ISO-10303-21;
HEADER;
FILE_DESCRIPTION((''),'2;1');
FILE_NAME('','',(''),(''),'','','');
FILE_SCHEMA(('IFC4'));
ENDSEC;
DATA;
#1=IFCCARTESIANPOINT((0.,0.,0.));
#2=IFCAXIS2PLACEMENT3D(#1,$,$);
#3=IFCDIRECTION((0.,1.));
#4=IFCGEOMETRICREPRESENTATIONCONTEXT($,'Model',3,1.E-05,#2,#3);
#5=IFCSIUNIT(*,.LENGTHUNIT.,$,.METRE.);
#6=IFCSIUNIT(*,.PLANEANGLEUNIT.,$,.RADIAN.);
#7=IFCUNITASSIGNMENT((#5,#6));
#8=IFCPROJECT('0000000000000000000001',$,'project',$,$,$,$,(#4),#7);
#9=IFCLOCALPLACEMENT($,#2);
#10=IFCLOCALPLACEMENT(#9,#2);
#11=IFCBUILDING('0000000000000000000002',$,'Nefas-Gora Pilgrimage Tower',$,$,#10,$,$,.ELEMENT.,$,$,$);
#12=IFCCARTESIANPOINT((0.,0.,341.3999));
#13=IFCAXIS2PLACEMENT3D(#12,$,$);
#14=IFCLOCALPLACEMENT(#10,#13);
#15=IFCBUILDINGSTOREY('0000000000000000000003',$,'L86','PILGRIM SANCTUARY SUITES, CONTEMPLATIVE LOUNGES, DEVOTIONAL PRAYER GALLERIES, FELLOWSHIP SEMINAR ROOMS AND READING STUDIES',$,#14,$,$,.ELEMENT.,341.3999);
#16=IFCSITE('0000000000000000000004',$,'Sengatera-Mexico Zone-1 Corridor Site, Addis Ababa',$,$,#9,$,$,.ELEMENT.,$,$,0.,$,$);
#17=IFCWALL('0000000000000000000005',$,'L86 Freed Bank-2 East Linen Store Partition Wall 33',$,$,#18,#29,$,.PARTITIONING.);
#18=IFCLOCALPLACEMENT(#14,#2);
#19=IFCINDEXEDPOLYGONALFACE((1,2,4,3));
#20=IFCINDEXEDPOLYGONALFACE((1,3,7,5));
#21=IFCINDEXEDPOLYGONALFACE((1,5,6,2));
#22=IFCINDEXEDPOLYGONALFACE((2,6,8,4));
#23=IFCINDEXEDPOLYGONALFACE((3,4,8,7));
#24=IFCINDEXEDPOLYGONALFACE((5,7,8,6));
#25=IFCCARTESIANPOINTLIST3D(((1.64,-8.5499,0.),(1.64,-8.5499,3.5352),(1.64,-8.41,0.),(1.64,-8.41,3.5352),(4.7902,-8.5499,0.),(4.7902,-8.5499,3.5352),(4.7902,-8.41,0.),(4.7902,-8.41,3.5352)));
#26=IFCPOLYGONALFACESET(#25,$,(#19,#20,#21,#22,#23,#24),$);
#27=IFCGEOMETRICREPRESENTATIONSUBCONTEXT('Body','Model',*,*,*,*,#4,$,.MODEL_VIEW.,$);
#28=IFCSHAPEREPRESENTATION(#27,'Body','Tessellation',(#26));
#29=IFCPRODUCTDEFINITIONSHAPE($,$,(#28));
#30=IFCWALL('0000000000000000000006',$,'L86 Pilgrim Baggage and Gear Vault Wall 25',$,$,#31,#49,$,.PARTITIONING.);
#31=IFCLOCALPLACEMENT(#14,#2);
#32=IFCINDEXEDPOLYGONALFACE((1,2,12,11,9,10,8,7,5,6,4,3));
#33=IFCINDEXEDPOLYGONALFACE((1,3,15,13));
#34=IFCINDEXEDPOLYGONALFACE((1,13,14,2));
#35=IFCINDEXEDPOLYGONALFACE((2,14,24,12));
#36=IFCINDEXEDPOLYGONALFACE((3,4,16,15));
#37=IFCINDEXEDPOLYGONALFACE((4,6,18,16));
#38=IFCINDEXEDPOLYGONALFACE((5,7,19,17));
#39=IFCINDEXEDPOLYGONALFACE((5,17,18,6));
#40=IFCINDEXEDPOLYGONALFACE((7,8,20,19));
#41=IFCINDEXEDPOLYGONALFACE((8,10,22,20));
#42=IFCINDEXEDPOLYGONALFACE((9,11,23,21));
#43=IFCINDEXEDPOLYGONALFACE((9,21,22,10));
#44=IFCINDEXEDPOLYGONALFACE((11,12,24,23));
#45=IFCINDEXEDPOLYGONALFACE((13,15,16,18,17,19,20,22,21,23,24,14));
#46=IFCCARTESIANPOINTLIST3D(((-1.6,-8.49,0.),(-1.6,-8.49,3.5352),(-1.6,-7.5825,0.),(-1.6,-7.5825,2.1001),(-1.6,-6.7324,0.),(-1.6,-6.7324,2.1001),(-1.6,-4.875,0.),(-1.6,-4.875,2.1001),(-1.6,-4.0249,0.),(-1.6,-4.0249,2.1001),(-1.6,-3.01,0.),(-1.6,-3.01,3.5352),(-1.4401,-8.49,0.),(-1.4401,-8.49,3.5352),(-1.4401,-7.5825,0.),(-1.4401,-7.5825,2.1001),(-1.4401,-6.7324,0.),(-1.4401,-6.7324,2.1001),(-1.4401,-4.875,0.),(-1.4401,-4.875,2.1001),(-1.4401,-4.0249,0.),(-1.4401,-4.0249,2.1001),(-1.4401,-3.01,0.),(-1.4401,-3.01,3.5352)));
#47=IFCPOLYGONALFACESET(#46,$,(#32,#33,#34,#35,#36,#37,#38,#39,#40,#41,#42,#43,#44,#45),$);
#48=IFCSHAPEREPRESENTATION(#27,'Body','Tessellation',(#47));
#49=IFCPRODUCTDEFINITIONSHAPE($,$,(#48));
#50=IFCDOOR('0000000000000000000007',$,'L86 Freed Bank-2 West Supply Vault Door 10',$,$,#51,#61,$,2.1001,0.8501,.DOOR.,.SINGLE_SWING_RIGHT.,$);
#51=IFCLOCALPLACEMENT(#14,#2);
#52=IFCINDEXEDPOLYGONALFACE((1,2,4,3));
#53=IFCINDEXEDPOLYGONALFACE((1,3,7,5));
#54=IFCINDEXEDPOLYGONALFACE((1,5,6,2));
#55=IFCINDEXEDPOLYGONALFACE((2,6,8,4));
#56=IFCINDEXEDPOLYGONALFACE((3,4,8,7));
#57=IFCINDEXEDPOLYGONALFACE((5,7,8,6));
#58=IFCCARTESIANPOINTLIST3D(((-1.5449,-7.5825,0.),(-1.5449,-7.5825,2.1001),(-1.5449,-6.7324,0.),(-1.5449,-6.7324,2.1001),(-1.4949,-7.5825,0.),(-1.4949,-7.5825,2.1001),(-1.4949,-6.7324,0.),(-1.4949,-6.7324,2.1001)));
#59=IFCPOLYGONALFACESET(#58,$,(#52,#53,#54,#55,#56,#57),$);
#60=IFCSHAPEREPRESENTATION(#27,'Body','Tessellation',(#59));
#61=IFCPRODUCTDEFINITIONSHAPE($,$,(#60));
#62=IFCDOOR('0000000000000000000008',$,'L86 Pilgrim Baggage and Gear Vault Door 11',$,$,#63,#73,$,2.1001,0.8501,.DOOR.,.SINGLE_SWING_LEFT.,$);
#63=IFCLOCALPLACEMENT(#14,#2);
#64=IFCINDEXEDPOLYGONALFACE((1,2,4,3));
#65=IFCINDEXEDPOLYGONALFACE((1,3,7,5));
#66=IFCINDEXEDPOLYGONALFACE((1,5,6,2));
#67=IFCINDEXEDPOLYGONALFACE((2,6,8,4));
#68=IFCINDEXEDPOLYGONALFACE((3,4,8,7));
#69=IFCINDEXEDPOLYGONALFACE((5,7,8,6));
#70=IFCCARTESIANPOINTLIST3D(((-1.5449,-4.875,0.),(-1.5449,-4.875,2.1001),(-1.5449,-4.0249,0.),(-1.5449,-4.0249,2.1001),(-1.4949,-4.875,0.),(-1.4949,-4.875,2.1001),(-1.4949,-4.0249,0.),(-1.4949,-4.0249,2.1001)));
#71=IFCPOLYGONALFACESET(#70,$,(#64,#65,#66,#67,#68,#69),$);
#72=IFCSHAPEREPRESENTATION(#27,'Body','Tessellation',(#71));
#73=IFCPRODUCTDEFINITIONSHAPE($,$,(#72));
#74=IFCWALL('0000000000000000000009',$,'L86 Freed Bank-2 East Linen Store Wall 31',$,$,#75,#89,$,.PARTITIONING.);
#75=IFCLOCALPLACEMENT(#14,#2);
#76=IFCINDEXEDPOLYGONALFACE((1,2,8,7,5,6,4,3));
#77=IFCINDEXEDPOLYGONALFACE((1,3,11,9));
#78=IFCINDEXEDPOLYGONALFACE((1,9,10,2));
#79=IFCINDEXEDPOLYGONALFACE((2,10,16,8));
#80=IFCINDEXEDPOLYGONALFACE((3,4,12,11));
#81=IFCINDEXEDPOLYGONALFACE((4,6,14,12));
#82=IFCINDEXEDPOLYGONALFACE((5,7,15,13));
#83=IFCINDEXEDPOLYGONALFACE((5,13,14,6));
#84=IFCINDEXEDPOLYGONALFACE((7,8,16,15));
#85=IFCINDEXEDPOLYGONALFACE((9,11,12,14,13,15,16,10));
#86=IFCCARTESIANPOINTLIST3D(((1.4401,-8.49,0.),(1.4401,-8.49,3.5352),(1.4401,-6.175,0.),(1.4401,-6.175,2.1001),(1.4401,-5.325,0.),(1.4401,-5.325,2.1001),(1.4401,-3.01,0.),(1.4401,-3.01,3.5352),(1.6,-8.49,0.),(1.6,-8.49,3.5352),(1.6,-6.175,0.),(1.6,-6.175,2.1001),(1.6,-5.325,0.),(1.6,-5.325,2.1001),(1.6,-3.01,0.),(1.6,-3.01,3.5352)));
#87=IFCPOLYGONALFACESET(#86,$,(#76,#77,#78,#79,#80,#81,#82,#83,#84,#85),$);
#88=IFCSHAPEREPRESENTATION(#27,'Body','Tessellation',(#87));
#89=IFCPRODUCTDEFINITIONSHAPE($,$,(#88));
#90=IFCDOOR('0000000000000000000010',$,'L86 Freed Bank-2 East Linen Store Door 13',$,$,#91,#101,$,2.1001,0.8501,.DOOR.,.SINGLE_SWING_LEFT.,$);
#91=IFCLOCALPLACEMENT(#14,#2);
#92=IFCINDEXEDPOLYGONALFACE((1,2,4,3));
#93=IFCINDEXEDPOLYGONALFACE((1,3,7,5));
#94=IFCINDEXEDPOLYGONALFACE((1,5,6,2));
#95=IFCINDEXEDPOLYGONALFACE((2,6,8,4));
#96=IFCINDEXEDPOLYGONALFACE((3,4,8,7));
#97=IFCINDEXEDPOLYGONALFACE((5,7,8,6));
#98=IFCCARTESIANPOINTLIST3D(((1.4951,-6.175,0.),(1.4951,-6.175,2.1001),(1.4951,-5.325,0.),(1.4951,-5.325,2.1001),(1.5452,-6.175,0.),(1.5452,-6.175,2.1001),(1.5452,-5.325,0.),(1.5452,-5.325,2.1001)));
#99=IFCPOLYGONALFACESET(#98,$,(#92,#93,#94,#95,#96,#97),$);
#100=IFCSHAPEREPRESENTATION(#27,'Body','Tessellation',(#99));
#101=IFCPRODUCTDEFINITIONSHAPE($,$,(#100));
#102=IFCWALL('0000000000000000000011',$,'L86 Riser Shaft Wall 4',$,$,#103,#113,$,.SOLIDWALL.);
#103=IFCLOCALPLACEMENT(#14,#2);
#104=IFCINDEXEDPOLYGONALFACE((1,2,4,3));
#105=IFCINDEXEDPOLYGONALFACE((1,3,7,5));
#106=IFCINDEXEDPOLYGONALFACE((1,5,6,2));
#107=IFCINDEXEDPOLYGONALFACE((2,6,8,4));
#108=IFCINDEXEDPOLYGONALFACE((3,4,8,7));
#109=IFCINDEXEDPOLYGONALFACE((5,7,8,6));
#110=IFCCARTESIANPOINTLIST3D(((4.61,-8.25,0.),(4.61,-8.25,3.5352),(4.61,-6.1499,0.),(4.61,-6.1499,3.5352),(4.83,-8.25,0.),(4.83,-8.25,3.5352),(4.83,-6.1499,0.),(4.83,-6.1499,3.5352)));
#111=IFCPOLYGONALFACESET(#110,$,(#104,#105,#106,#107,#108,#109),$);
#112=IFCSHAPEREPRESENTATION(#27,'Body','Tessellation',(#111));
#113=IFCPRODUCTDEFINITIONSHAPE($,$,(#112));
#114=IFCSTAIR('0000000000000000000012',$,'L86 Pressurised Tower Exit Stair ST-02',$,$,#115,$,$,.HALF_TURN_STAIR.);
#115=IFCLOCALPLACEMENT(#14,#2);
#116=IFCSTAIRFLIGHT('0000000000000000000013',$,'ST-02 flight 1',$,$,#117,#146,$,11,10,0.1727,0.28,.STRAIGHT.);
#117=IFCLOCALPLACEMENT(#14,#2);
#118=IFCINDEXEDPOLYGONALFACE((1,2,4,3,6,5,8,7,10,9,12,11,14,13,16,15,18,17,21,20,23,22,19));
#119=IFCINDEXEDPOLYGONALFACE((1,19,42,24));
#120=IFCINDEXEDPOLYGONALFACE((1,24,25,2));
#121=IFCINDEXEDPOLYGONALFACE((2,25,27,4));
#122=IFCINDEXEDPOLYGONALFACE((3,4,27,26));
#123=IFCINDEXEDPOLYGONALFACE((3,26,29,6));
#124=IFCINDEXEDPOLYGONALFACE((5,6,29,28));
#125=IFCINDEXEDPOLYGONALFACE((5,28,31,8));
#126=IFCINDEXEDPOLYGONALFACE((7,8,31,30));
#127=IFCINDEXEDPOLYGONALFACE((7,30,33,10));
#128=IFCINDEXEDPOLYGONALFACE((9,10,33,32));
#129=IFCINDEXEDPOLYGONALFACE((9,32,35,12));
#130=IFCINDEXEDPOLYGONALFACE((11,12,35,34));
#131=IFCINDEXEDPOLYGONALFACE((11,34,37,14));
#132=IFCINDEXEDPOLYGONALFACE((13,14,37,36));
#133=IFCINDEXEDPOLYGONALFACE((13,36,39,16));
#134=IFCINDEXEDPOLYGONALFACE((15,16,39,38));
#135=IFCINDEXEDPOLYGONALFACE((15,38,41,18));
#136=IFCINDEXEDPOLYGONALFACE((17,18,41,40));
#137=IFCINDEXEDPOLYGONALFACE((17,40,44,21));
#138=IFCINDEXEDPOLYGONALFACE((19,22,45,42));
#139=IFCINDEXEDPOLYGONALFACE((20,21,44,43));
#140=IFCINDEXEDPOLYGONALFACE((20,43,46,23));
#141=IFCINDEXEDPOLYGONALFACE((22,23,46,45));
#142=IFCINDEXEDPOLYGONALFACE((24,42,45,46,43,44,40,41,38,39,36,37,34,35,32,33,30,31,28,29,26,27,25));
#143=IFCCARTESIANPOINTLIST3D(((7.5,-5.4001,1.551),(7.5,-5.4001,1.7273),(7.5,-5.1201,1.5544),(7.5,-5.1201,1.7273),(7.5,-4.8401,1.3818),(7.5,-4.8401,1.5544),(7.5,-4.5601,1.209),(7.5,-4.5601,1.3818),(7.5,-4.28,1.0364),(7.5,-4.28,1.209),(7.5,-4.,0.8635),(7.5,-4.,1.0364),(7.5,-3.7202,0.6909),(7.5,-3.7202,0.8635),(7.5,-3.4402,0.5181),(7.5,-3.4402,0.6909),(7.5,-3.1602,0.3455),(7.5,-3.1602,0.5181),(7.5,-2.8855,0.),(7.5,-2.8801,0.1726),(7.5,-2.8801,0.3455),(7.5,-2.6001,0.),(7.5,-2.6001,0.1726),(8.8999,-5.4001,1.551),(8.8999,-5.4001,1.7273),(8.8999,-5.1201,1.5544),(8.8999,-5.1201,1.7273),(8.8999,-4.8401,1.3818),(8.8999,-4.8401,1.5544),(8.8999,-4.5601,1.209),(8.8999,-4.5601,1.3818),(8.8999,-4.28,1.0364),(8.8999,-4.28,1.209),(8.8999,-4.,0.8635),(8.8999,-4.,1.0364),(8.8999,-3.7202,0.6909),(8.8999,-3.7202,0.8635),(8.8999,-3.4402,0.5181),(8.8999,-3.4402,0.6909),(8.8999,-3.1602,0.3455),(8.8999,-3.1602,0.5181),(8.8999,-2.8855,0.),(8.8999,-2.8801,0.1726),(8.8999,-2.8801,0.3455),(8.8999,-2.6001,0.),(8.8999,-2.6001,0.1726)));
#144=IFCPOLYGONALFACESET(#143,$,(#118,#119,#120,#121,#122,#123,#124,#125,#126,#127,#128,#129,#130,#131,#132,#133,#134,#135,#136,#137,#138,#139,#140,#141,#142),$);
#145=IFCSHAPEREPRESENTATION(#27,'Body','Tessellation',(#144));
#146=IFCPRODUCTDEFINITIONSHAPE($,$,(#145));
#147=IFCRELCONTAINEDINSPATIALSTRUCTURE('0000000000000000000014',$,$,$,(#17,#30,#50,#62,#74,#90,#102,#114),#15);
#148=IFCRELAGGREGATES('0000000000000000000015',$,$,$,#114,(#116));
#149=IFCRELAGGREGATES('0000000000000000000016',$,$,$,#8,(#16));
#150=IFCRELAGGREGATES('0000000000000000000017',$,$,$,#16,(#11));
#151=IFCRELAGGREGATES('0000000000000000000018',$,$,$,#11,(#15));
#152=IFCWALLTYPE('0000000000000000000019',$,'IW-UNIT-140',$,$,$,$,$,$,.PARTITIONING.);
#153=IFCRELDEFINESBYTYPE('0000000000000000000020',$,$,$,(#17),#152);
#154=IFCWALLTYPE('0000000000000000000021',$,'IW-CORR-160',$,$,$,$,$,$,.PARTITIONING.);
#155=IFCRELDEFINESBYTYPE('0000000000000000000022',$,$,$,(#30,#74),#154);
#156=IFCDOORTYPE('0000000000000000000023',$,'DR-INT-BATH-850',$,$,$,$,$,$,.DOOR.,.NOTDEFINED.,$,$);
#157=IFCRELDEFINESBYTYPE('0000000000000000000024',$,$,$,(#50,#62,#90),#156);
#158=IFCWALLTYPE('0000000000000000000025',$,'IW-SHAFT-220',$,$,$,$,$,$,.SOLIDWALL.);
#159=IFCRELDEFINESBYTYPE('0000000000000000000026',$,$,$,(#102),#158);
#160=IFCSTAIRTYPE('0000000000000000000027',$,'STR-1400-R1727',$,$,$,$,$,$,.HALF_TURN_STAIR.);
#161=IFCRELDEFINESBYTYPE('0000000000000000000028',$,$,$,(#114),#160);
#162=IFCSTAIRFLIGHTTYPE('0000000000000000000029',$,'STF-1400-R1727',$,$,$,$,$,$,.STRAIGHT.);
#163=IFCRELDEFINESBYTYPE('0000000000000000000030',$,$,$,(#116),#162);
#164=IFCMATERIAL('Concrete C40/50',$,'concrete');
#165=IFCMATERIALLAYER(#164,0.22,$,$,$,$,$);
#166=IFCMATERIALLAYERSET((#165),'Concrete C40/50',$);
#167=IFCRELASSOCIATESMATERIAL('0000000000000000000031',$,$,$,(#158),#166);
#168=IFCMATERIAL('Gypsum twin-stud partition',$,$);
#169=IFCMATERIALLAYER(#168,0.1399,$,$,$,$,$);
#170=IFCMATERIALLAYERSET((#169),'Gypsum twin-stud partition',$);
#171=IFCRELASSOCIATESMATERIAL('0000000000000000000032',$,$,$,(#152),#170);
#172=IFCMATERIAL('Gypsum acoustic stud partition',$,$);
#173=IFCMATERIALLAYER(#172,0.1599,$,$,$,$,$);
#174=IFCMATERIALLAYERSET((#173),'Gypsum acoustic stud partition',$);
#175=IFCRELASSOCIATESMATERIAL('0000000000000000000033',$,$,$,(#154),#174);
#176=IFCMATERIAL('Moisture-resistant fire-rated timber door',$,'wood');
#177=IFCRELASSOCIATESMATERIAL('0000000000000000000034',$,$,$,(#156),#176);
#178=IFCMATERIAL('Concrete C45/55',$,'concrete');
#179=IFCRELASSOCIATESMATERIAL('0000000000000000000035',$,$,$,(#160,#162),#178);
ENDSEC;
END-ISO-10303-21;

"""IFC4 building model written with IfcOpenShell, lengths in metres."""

from ifc_helpers import new_model, si_unit, direction, frame, frame_2d, origin, place, context, subcontext, project, spatial, polyline, rectangle, outline, extrude, source, transform, mapped, material, layer, layer_set, type_object, element, fill, aggregate, save


model = new_model("IFC4")

# Units and contexts
model_context = context("Model", 3, precision=1e-05, world=origin(), true_north=direction((0.0, 1.0)))
body_context = subcontext(model_context, "Body", "Model", "MODEL_VIEW")
ifc_project = project(units=[si_unit("LENGTHUNIT", "METRE"), si_unit("PLANEANGLEUNIT", "RADIAN")], contexts=[model_context])

# Site, building, storey
site_placement = place(None, origin())
site = spatial("IfcSite", under=ifc_project, at=site_placement, Name="Sengatera-Mexico Zone-1 Corridor Site, Addis Ababa", CompositionType="ELEMENT", RefElevation=0.0)
building_placement = place(site_placement, origin())
building = spatial("IfcBuilding", under=site, at=building_placement, Name="Nefas-Gora Pilgrimage Tower", CompositionType="ELEMENT")
storey_placement = place(building_placement, frame((0.0, 0.0, 341.3999)))
storey = spatial("IfcBuildingStorey", under=building, at=storey_placement, Name="L86", Description="PILGRIM SANCTUARY SUITES, CONTEMPLATIVE LOUNGES, DEVOTIONAL PRAYER GALLERIES, FELLOWSHIP SEMINAR ROOMS AND READING STUDIES", CompositionType="ELEMENT", Elevation=341.3999)

# Shared definitions
ifc_material_1 = material(Name="Concrete C45/55", Category="concrete")

# Shared definitions
ifc_material_2 = material(Name="Concrete C40/50", Category="concrete")
ifc_layer_1 = layer(ifc_material_2, 0.22)
ifc_layer_set_1 = layer_set([ifc_layer_1], Name="Concrete C40/50")
wall_type_1 = type_object("IfcWallType", Name="IW-SHAFT-220", PredefinedType="SOLIDWALL", material=ifc_layer_set_1)

# Wall
ifc_material_3 = material(Name="Gypsum twin-stud partition")
ifc_layer_2 = layer(ifc_material_3, 0.1399)
ifc_layer_set_2 = layer_set([ifc_layer_2], Name="Gypsum twin-stud partition")
wall_type_2 = type_object("IfcWallType", Name="IW-UNIT-140", PredefinedType="PARTITIONING", material=ifc_layer_set_2)
shared_shape_1 = source(origin(), body_context, "Body", "SweptSolid", [
    extrude(rectangle(XDim=3.1501, YDim=0.1399, at=frame_2d((1.5752, 0.0))), origin(), (0.0, 0.0, 1.0), 3.5352),
])
for number, where, z_axis, x_axis, name in (
    (1, (1.6399, -8.48, 0.0), (0.0, 0.0, 1.0), (1.0, 0.0, 0.0), "L86 Freed Bank-2 East Linen Store Partition Wall 33"),
):
    element("IfcWall", number, at=place(storey_placement, frame(where, z_axis=z_axis, x_axis=x_axis)), inside=storey, type_object=wall_type_2, Name=name, PredefinedType="PARTITIONING", context=body_context, shape_type="MappedRepresentation", body=[
        mapped(shared_shape_1, transform((0.0, 0.0, 0.0), x_axis=(1.0, 0.0, 0.0), y_axis=(0.0, 1.0, 0.0), z_axis=(0.0, 0.0, 1.0), scale=1.0)),
    ])

# Wall, openings, doors
ifc_material_4 = material(Name="Gypsum acoustic stud partition")
ifc_layer_3 = layer(ifc_material_4, 0.1599)
ifc_layer_set_3 = layer_set([ifc_layer_3], Name="Gypsum acoustic stud partition")
wall_type_3 = type_object("IfcWallType", Name="IW-CORR-160", PredefinedType="PARTITIONING", material=ifc_layer_set_3)
shared_shape_2 = source(origin(), body_context, "Body", "SweptSolid", [
    extrude(rectangle(XDim=5.48, YDim=0.1599, at=frame_2d((2.74, 0.0))), origin(), (0.0, 0.0, 1.0), 3.5352),
])
wall_1_placement = place(storey_placement, frame((-1.52, -8.49, 0.0), z_axis=(0.0, 0.0, 1.0), x_axis=(0.0, 1.0, 0.0)))
wall_1 = element("IfcWall", 2, at=wall_1_placement, inside=storey, type_object=wall_type_3, Name="L86 Pilgrim Baggage and Gear Vault Wall 25", PredefinedType="PARTITIONING", context=body_context, shape_type="MappedRepresentation", body=[
    mapped(shared_shape_2, transform((0.0, 0.0, 0.0), x_axis=(1.0, 0.0, 0.0), y_axis=(0.0, 1.0, 0.0), z_axis=(0.0, 0.0, 1.0), scale=1.0)),
])
opening_1_placement = place(wall_1_placement, frame((0.9075, 0.0, 0.0)))
opening_1 = element("IfcOpeningElement", 3, at=opening_1_placement, cuts=wall_1, PredefinedType="OPENING", context=body_context, shape_type="SweptSolid", body=[
    extrude(rectangle(XDim=0.8501, YDim=2.1001, at=frame_2d((0.425, 1.05))), frame((0.0, 0.0898, 0.0), z_axis=(0.0, -1.0, 0.0), x_axis=(1.0, 0.0, 0.0)), (0.0, 0.0, 1.0), 0.1799),
])
opening_2_placement = place(wall_1_placement, frame((3.615, 0.0, 0.0)))
opening_2 = element("IfcOpeningElement", 4, at=opening_2_placement, cuts=wall_1, PredefinedType="OPENING", context=body_context, shape_type="SweptSolid", body=[
    extrude(rectangle(XDim=0.8501, YDim=2.1001, at=frame_2d((0.425, 1.05))), frame((0.0, 0.0898, 0.0), z_axis=(0.0, -1.0, 0.0), x_axis=(1.0, 0.0, 0.0)), (0.0, 0.0, 1.0), 0.1799),
])
ifc_material_5 = material(Name="Moisture-resistant fire-rated timber door", Category="wood")
door_type_1 = type_object("IfcDoorType", Name="DR-INT-BATH-850", OperationType="NOTDEFINED", PredefinedType="DOOR", material=ifc_material_5)
shared_shape_3 = source(origin(), body_context, "Body", "SweptSolid", [
    extrude(rectangle(XDim=0.8501, YDim=2.1001, at=frame_2d((0.425, 1.05))), frame((0.0, 0.0249, 0.0), z_axis=(0.0, -1.0, 0.0), x_axis=(1.0, 0.0, 0.0)), (0.0, 0.0, 1.0), 0.05),
])
door_1_placement = place(opening_1_placement, origin())
door_1 = element("IfcDoor", 5, at=door_1_placement, inside=storey, type_object=door_type_1, Name="L86 Freed Bank-2 West Supply Vault Door 10", OperationType="SINGLE_SWING_RIGHT", OverallHeight=2.1001, OverallWidth=0.8501, PredefinedType="DOOR", context=body_context, shape_type="MappedRepresentation", body=[
    mapped(shared_shape_3, transform((0.0, 0.0, 0.0), x_axis=(1.0, 0.0, 0.0), y_axis=(0.0, 1.0, 0.0), z_axis=(0.0, 0.0, 1.0), scale=1.0)),
])
fill(opening_1, door_1)
door_2_placement = place(opening_2_placement, origin())
door_2 = element("IfcDoor", 6, at=door_2_placement, inside=storey, type_object=door_type_1, Name="L86 Pilgrim Baggage and Gear Vault Door 11", OperationType="SINGLE_SWING_LEFT", OverallHeight=2.1001, OverallWidth=0.8501, PredefinedType="DOOR", context=body_context, shape_type="MappedRepresentation", body=[
    mapped(shared_shape_3, transform((0.0, 0.0, 0.0), x_axis=(1.0, 0.0, 0.0), y_axis=(0.0, 1.0, 0.0), z_axis=(0.0, 0.0, 1.0), scale=1.0)),
])
fill(opening_2, door_2)

# Wall, opening, door
wall_2_placement = place(storey_placement, frame((1.52, -8.49, 0.0), z_axis=(0.0, 0.0, 1.0), x_axis=(0.0, 1.0, 0.0)))
wall_2 = element("IfcWall", 7, at=wall_2_placement, inside=storey, type_object=wall_type_3, Name="L86 Freed Bank-2 East Linen Store Wall 31", PredefinedType="PARTITIONING", context=body_context, shape_type="MappedRepresentation", body=[
    mapped(shared_shape_2, transform((0.0, 0.0, 0.0), x_axis=(1.0, 0.0, 0.0), y_axis=(0.0, 1.0, 0.0), z_axis=(0.0, 0.0, 1.0), scale=1.0)),
])
opening_3_placement = place(wall_2_placement, frame((2.3149, 0.0, 0.0)))
opening_3 = element("IfcOpeningElement", 8, at=opening_3_placement, cuts=wall_2, PredefinedType="OPENING", context=body_context, shape_type="SweptSolid", body=[
    extrude(rectangle(XDim=0.8501, YDim=2.1001, at=frame_2d((0.425, 1.05))), frame((0.0, 0.0898, 0.0), z_axis=(0.0, -1.0, 0.0), x_axis=(1.0, 0.0, 0.0)), (0.0, 0.0, 1.0), 0.1799),
])
door_3_placement = place(opening_3_placement, origin())
door_3 = element("IfcDoor", 9, at=door_3_placement, inside=storey, type_object=door_type_1, Name="L86 Freed Bank-2 East Linen Store Door 13", OperationType="SINGLE_SWING_LEFT", OverallHeight=2.1001, OverallWidth=0.8501, PredefinedType="DOOR", context=body_context, shape_type="MappedRepresentation", body=[
    mapped(shared_shape_3, transform((0.0, 0.0, 0.0), x_axis=(1.0, 0.0, 0.0), y_axis=(0.0, 1.0, 0.0), z_axis=(0.0, 0.0, 1.0), scale=1.0)),
])
fill(opening_3, door_3)

# Wall
shared_shape_4 = source(origin(), body_context, "Body", "SweptSolid", [
    extrude(rectangle(XDim=2.1001, YDim=0.22, at=frame_2d((1.05, 0.0))), origin(), (0.0, 0.0, 1.0), 3.5352),
])
wall_3_placement = place(storey_placement, frame((4.72, -8.25, 0.0), z_axis=(0.0, 0.0, 1.0), x_axis=(0.0, 1.0, 0.0)))
element("IfcWall", 10, at=wall_3_placement, inside=storey, type_object=wall_type_1, Name="L86 Riser Shaft Wall 4", PredefinedType="SOLIDWALL", context=body_context, shape_type="MappedRepresentation", body=[
    mapped(shared_shape_4, transform((0.0, 0.0, 0.0), x_axis=(1.0, 0.0, 0.0), y_axis=(0.0, 1.0, 0.0), z_axis=(0.0, 0.0, 1.0), scale=1.0)),
])

# Stair, stair flight
stair_type = type_object("IfcStairType", Name="STR-1400-R1727", PredefinedType="HALF_TURN_STAIR", material=ifc_material_1)
stair_placement = place(storey_placement, origin())
stair = element("IfcStair", 11, at=stair_placement, inside=storey, type_object=stair_type, Name="L86 Pressurised Tower Exit Stair ST-02", PredefinedType="HALF_TURN_STAIR")
stair_flight_type = type_object("IfcStairFlightType", Name="STF-1400-R1727", PredefinedType="STRAIGHT", material=ifc_material_1)
shared_shape_5 = source(origin(), body_context, "Body", "SweptSolid", [
    extrude(outline(polyline([(0.0, 0.0), (0.0, 0.1726), (0.28, 0.1726), (0.28, 0.3455), (0.5601, 0.3455), (0.5601, 0.5181), (0.8401, 0.5181), (0.8401, 0.6909), (1.1201, 0.6909), (1.1201, 0.8635), (1.3999, 0.8635), (1.3999, 1.0364), (1.6799, 1.0364), (1.6799, 1.209), (1.96, 1.209), (1.96, 1.3818), (2.24, 1.3818), (2.24, 1.5544), (2.52, 1.5544), (2.52, 1.7273), (2.8, 1.7273), (2.8, 1.8999), (2.8, 1.551), (0.2854, 0.0), (0.0, 0.0)])), frame((0.0, 0.7, 0.0), z_axis=(0.0, -1.0, 0.0), x_axis=(1.0, 0.0, 0.0)), (0.0, 0.0, 1.0), 1.3999),
])
stair_flight_placement = place(storey_placement, frame((8.2, -2.6001, 0.0), z_axis=(0.0, 0.0, 1.0), x_axis=(0.0, -1.0, 0.0)))
stair_flight = element("IfcStairFlight", 12, at=stair_flight_placement, type_object=stair_flight_type, Name="ST-02 flight 1", NumberOfRisers=11, NumberOfTreads=10, PredefinedType="STRAIGHT", RiserHeight=0.1727, TreadLength=0.28, context=body_context, shape_type="MappedRepresentation", body=[
    mapped(shared_shape_5, transform((0.0, 0.0, 0.0), x_axis=(1.0, 0.0, 0.0), y_axis=(0.0, 1.0, 0.0), z_axis=(0.0, 0.0, 1.0), scale=1.0)),
])
aggregate(stair, [stair_flight])

save(model, "model.ifc")
